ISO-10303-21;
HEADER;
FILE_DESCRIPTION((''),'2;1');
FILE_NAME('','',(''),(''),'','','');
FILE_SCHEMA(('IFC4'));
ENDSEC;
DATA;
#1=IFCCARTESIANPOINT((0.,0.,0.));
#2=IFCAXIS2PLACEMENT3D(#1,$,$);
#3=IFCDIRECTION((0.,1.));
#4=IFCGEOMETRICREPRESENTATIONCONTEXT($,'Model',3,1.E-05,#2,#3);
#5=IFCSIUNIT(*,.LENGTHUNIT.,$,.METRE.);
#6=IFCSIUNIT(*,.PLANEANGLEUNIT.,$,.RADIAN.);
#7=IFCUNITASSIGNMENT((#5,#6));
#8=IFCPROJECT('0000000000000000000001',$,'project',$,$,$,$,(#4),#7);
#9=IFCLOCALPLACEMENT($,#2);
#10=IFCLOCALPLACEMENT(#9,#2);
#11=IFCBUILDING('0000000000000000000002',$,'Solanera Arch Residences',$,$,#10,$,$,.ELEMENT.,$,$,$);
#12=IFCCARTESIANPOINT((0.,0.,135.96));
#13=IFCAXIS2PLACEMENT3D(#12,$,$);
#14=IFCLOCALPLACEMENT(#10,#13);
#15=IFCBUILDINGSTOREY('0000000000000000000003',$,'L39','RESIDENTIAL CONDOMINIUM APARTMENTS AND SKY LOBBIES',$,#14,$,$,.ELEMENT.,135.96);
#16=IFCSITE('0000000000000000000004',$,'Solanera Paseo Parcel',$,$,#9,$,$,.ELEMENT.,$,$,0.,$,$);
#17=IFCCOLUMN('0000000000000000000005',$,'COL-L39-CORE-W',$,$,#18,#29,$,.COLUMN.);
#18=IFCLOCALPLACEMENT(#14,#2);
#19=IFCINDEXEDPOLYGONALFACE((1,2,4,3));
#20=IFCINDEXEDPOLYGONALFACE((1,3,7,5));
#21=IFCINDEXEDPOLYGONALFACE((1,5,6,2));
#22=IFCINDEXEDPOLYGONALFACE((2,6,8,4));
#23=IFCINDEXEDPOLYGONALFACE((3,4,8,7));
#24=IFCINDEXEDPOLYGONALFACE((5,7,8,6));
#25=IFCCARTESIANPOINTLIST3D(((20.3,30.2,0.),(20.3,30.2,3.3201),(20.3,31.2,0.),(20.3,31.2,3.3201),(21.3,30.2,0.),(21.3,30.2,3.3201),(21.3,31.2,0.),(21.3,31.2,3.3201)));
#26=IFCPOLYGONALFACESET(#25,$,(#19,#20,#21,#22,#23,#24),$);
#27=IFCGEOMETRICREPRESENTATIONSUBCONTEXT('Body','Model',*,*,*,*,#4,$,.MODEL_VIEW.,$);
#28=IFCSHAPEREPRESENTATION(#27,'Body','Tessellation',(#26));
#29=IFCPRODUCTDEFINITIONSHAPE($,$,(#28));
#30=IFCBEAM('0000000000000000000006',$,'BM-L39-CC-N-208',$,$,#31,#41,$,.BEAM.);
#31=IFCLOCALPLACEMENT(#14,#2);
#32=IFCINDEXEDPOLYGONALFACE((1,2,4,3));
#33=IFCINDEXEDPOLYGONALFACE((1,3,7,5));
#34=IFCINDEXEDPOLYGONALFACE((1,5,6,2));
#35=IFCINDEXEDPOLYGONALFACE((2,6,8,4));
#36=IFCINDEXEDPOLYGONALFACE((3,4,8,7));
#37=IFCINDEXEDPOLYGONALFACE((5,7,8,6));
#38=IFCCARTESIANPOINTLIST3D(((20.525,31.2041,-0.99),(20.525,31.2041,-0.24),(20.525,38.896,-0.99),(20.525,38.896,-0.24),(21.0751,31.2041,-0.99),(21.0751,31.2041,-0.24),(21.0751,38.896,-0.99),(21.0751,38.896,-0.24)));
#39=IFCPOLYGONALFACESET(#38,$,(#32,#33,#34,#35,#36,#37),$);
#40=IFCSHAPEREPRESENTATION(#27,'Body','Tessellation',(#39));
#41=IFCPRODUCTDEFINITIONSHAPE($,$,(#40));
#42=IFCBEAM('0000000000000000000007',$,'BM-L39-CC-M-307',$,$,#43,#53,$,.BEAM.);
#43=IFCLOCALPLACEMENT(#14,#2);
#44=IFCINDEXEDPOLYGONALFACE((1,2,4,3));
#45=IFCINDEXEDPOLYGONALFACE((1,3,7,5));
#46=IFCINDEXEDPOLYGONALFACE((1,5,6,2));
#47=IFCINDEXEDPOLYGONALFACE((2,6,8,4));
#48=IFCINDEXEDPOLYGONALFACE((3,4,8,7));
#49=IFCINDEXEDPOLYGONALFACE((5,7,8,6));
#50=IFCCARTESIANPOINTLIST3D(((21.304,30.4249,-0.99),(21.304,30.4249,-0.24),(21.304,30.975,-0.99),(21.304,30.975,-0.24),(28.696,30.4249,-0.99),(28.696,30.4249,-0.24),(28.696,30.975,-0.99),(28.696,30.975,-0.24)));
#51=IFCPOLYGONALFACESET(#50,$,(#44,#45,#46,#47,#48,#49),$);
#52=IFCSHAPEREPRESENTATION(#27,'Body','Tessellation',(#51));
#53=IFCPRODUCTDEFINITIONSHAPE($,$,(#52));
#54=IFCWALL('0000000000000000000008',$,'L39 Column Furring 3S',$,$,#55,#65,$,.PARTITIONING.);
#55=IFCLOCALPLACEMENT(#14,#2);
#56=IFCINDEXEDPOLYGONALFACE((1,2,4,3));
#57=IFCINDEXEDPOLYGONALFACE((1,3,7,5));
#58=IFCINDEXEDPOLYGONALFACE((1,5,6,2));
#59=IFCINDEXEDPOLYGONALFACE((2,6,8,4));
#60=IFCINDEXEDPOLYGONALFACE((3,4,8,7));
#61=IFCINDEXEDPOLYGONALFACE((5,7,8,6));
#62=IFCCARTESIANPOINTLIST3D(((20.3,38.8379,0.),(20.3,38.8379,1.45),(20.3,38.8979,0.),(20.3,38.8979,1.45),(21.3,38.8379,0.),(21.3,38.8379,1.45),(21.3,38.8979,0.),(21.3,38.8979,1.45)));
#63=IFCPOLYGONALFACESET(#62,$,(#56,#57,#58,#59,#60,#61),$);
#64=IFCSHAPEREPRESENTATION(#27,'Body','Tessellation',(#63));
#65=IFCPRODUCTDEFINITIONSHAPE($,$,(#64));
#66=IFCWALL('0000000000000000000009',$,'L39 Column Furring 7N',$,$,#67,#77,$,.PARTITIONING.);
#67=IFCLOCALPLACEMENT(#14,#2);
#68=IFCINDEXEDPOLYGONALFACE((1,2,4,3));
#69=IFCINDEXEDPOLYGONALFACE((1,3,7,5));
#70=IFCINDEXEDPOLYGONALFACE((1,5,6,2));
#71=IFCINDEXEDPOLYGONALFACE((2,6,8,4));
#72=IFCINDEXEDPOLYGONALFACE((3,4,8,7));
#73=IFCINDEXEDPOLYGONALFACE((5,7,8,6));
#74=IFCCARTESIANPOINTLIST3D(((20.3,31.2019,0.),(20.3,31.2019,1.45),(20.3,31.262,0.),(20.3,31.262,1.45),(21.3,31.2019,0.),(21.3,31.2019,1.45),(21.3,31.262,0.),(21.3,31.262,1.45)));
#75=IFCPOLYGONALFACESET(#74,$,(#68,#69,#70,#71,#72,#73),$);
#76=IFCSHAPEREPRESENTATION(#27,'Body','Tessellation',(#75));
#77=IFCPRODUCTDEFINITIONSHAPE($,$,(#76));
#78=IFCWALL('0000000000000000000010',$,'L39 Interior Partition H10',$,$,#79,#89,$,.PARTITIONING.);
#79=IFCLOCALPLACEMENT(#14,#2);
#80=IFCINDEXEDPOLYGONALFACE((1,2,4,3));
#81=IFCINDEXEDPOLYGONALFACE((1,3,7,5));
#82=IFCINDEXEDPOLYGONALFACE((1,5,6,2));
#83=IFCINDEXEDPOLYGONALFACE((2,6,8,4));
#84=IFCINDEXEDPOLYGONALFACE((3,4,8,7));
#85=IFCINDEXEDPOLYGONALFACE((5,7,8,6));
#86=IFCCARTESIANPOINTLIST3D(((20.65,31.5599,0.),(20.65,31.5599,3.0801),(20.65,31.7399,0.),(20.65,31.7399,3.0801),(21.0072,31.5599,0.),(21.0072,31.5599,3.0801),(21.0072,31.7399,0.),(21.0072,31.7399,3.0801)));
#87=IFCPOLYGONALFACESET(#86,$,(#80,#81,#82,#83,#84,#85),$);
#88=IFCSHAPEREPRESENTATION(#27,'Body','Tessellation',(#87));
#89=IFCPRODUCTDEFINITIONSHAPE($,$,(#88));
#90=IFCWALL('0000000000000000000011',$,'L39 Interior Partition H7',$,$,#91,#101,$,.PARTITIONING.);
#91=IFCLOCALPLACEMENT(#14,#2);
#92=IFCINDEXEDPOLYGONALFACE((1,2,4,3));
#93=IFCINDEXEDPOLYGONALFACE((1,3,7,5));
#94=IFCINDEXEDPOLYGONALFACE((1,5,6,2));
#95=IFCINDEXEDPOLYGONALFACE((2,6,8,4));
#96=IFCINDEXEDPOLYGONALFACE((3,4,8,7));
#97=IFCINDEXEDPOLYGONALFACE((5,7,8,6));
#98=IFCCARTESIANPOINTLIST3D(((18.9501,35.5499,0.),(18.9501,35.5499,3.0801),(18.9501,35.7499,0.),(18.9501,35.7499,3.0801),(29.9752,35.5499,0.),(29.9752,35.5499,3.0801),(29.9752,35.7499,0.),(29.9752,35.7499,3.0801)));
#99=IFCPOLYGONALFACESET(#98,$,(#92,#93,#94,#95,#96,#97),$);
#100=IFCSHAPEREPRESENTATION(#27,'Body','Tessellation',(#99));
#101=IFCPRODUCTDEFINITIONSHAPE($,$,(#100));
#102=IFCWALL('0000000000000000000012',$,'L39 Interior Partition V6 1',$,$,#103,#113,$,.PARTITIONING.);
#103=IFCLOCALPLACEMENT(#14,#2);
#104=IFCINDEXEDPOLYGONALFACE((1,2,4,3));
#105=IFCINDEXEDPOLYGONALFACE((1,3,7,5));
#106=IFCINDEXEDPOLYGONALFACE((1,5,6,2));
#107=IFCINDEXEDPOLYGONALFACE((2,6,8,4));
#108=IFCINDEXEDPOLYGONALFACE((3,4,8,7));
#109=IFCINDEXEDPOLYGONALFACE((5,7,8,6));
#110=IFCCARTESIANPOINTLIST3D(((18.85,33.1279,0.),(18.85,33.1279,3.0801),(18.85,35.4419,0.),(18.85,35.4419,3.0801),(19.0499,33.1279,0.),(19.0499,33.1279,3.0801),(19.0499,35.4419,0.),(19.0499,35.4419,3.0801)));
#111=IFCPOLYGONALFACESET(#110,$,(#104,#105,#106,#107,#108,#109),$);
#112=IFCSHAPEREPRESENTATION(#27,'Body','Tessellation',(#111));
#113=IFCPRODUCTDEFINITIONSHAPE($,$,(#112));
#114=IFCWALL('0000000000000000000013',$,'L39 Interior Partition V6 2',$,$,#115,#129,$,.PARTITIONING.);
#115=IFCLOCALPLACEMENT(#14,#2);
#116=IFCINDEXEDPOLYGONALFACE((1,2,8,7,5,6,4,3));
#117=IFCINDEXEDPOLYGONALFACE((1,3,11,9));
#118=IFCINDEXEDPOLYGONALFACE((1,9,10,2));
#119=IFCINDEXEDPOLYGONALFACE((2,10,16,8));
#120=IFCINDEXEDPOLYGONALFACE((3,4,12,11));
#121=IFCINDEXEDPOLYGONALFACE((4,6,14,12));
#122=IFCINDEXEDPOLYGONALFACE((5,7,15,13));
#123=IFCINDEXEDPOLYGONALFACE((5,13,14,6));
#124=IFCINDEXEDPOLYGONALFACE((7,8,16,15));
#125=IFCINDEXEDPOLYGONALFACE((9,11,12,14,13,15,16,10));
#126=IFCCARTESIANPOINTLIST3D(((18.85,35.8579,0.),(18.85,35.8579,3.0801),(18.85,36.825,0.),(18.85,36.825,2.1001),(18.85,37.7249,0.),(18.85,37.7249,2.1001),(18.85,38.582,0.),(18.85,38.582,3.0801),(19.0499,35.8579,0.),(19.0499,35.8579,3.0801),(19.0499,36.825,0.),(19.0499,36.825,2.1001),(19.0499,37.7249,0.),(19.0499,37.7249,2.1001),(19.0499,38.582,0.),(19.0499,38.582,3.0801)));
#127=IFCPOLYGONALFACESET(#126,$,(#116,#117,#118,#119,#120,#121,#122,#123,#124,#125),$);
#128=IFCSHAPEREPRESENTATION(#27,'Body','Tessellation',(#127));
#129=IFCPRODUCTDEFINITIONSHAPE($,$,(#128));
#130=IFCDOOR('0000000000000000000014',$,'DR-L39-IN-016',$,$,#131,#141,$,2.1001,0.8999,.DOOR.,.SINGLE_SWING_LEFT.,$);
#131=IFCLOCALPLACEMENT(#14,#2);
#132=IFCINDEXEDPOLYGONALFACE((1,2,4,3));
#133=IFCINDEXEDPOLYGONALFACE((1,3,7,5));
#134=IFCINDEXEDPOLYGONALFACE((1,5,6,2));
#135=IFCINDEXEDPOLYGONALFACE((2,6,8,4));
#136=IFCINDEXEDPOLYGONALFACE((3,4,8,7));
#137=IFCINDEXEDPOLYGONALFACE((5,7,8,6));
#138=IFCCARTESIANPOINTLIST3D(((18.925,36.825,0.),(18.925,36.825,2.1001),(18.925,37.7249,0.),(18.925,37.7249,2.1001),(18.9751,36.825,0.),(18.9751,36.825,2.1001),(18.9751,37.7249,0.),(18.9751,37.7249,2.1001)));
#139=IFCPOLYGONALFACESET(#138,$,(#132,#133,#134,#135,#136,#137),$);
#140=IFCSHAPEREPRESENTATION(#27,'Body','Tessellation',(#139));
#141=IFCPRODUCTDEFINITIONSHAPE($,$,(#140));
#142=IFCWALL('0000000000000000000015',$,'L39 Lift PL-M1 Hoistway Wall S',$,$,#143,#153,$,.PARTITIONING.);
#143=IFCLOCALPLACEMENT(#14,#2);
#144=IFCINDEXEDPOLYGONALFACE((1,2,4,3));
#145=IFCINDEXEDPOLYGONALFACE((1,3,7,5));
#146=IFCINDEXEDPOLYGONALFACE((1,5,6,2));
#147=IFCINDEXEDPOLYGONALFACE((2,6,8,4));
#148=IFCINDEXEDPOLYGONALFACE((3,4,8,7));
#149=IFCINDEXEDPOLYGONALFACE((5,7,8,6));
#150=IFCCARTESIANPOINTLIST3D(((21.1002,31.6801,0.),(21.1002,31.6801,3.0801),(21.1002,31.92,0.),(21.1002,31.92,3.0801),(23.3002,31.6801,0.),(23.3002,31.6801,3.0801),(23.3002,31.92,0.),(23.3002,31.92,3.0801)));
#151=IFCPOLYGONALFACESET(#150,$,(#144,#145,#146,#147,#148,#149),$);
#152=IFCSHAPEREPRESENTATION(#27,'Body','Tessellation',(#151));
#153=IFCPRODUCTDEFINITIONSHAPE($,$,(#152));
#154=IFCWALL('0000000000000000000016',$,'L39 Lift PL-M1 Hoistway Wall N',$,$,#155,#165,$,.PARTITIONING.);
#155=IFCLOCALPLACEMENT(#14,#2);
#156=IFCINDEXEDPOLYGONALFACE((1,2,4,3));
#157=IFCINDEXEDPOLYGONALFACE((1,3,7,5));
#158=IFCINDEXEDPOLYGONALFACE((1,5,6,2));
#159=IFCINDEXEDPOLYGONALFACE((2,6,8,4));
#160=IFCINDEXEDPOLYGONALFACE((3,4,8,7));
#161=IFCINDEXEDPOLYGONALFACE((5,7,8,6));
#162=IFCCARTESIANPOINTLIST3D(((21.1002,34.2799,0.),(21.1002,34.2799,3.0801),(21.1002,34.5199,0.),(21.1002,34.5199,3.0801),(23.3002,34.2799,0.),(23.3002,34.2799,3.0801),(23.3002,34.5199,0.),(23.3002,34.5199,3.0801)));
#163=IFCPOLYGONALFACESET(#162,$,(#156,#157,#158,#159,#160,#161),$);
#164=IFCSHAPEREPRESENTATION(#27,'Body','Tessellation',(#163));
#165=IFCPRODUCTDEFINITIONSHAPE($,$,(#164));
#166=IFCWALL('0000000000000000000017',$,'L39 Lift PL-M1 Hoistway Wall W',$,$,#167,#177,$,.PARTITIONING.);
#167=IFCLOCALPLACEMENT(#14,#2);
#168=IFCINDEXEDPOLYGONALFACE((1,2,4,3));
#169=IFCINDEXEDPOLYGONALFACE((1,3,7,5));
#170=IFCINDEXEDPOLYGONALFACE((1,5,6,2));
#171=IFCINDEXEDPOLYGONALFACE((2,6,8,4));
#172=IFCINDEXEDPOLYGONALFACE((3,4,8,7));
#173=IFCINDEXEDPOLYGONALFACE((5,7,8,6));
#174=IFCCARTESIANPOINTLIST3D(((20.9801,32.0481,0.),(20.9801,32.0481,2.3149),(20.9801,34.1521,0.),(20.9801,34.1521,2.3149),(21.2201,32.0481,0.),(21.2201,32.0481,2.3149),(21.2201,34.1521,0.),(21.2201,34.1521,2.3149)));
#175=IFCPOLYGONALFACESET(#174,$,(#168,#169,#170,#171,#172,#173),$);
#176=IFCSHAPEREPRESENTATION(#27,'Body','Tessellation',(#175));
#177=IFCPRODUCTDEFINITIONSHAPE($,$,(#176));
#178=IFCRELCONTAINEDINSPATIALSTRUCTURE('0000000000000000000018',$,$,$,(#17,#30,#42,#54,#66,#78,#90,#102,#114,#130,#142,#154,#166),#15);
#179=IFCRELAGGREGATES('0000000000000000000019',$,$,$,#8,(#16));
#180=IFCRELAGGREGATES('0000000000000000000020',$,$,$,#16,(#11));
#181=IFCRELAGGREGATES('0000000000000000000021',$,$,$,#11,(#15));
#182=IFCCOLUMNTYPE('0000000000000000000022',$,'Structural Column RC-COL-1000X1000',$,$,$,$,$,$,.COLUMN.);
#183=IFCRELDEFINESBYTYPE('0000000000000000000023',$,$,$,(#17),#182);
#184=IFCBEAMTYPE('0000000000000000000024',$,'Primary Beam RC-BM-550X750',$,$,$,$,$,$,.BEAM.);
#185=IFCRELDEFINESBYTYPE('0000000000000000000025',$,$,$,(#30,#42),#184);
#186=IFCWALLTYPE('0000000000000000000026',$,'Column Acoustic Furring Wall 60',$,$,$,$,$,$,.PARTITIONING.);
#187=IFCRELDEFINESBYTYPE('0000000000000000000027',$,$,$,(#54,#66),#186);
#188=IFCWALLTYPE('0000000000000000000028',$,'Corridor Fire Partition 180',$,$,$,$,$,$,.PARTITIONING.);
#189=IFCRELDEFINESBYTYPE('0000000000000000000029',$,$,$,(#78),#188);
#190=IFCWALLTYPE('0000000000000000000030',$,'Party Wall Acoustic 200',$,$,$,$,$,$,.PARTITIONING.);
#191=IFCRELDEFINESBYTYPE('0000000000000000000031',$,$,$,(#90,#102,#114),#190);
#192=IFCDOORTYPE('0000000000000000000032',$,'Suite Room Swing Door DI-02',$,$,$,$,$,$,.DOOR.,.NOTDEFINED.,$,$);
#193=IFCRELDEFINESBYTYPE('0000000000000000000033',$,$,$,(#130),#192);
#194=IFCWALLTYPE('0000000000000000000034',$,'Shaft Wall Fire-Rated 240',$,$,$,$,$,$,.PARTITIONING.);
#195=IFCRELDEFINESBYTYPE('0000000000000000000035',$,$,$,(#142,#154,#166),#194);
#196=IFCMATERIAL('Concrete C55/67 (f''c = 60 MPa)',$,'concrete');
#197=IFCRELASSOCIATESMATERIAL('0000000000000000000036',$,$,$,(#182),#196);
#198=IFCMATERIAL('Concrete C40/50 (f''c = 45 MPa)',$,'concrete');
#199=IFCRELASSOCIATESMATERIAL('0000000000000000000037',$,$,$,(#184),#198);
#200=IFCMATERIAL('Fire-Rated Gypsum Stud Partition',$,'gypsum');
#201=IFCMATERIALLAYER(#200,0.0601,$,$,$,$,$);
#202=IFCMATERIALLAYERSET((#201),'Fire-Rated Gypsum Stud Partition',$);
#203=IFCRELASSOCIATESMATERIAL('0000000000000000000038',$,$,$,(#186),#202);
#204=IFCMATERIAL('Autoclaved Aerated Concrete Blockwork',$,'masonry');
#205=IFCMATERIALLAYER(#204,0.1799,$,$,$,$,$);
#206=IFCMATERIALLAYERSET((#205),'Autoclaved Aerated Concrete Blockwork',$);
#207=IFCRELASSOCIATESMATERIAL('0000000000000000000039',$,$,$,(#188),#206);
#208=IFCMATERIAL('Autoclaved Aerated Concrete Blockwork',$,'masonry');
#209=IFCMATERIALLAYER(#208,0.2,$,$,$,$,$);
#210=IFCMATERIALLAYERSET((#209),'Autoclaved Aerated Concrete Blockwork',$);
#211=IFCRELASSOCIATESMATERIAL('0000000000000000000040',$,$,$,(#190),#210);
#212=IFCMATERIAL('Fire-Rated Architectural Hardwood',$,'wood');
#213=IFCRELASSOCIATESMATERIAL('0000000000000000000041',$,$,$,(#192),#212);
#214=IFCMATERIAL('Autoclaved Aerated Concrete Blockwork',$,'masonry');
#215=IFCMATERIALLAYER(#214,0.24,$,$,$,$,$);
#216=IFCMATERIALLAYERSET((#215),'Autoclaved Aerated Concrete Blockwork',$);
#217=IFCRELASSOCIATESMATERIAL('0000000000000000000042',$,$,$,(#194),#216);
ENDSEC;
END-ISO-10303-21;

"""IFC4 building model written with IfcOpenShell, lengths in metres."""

from ifc_helpers import new_model, si_unit, direction, frame, frame_2d, origin, origin_2d, place, context, subcontext, project, spatial, rectangle, extrude, material, layer, layer_set, material_profile, profile_set, type_object, element, fill, save


model = new_model("IFC4")

# Units and contexts
model_context = context("Model", 3, precision=1e-05, world=origin(), true_north=direction((0.0, 1.0)))
body_context = subcontext(model_context, "Body", "Model", "MODEL_VIEW")
ifc_project = project(units=[si_unit("LENGTHUNIT", "METRE"), si_unit("PLANEANGLEUNIT", "RADIAN")], contexts=[model_context])

# Site, building, storey
site_placement = place(None, origin())
site = spatial("IfcSite", under=ifc_project, at=site_placement, Name="Solanera Paseo Parcel", CompositionType="ELEMENT", RefElevation=0.0)
building_placement = place(site_placement, origin())
building = spatial("IfcBuilding", under=site, at=building_placement, Name="Solanera Arch Residences", CompositionType="ELEMENT")
storey_placement = place(building_placement, frame((0.0, 0.0, 135.96)))
storey = spatial("IfcBuildingStorey", under=building, at=storey_placement, Name="L39", Description="RESIDENTIAL CONDOMINIUM APARTMENTS AND SKY LOBBIES", CompositionType="ELEMENT", Elevation=135.96)

# Column
ifc_material_1 = material(Name="Concrete C55/67 (f'c = 60 MPa)", Category="concrete")
ifc_material_profile_1 = material_profile(ifc_material_1, rectangle(XDim=1.0, YDim=1.0, at=origin_2d()))
ifc_profile_set_1 = profile_set([ifc_material_profile_1], Name="Concrete C55/67 (f'c = 60 MPa)")
column_type = type_object("IfcColumnType", Name="Structural Column RC-COL-1000X1000", PredefinedType="COLUMN", material=ifc_profile_set_1)
column_placement = place(storey_placement, frame((20.8, 30.7, 0.0), z_axis=(0.0, 0.0, 1.0), x_axis=(1.0, 0.0, 0.0)))
element("IfcColumn", 1, at=column_placement, inside=storey, type_object=column_type, Name="COL-L39-CORE-W", PredefinedType="COLUMN", context=body_context, shape_type="SweptSolid", body=[
    extrude(rectangle(XDim=1.0, YDim=1.0, at=origin_2d()), origin(), (0.0, 0.0, 1.0), 3.3201),
])

# Beams
ifc_material_2 = material(Name="Concrete C40/50 (f'c = 45 MPa)", Category="concrete")
ifc_material_profile_2 = material_profile(ifc_material_2, rectangle(XDim=0.55, YDim=0.75, at=origin_2d()))
ifc_profile_set_2 = profile_set([ifc_material_profile_2], Name="Concrete C40/50 (f'c = 45 MPa)")
beam_type = type_object("IfcBeamType", Name="Primary Beam RC-BM-550X750", PredefinedType="BEAM", material=ifc_profile_set_2)
beam_1_placement = place(storey_placement, frame((20.8, 31.2041, -0.615), z_axis=(0.0, 1.0, 0.0), x_axis=(-1.0, 0.0, 0.0)))
element("IfcBeam", 2, at=beam_1_placement, inside=storey, type_object=beam_type, Name="BM-L39-CC-N-208", PredefinedType="BEAM", context=body_context, shape_type="SweptSolid", body=[
    extrude(rectangle(XDim=0.55, YDim=0.75, at=origin_2d()), origin(), (0.0, 0.0, 1.0), 7.6919),
])
beam_2_placement = place(storey_placement, frame((21.304, 30.7, -0.615), z_axis=(1.0, 0.0, 0.0), x_axis=(0.0, 1.0, 0.0)))
element("IfcBeam", 3, at=beam_2_placement, inside=storey, type_object=beam_type, Name="BM-L39-CC-M-307", PredefinedType="BEAM", context=body_context, shape_type="SweptSolid", body=[
    extrude(rectangle(XDim=0.55, YDim=0.75, at=origin_2d()), origin(), (0.0, 0.0, 1.0), 7.3921),
])

# Walls
ifc_material_3 = material(Name="Fire-Rated Gypsum Stud Partition", Category="gypsum")
ifc_layer_1 = layer(ifc_material_3, 0.0601)
ifc_layer_set_1 = layer_set([ifc_layer_1], Name="Fire-Rated Gypsum Stud Partition")
wall_type_1 = type_object("IfcWallType", Name="Column Acoustic Furring Wall 60", PredefinedType="PARTITIONING", material=ifc_layer_set_1)
for number, where, z_axis, x_axis, name in (
    (4, (20.3, 38.8679, 0.0), (0.0, 0.0, 1.0), (1.0, 0.0, 0.0), "L39 Column Furring 3S"),
    (5, (20.3, 31.2319, 0.0), (0.0, 0.0, 1.0), (1.0, 0.0, 0.0), "L39 Column Furring 7N"),
):
    element("IfcWall", number, at=place(storey_placement, frame(where, z_axis=z_axis, x_axis=x_axis)), inside=storey, type_object=wall_type_1, Name=name, PredefinedType="PARTITIONING", context=body_context, shape_type="SweptSolid", body=[
        extrude(rectangle(XDim=1.0, YDim=0.0601, at=frame_2d((0.5, 0.0))), origin(), (0.0, 0.0, 1.0), 1.45),
    ])

# Walls
ifc_material_4 = material(Name="Autoclaved Aerated Concrete Blockwork", Category="masonry")
ifc_layer_2 = layer(ifc_material_4, 0.1799)
ifc_layer_set_2 = layer_set([ifc_layer_2], Name="Autoclaved Aerated Concrete Blockwork")
wall_type_2 = type_object("IfcWallType", Name="Corridor Fire Partition 180", PredefinedType="PARTITIONING", material=ifc_layer_set_2)
wall_1_placement = place(storey_placement, frame((20.6499, 31.6499, 0.0), z_axis=(0.0, 0.0, 1.0), x_axis=(1.0, 0.0, 0.0)))
element("IfcWall", 6, at=wall_1_placement, inside=storey, type_object=wall_type_2, Name="L39 Interior Partition H10", PredefinedType="PARTITIONING", context=body_context, shape_type="SweptSolid", body=[
    extrude(rectangle(XDim=0.3572, YDim=0.1799, at=frame_2d((0.1787, 0.0))), origin(), (0.0, 0.0, 1.0), 3.0801),
])
ifc_material_5 = material(Name="Autoclaved Aerated Concrete Blockwork", Category="masonry")
ifc_layer_3 = layer(ifc_material_5, 0.2)
ifc_layer_set_3 = layer_set([ifc_layer_3], Name="Autoclaved Aerated Concrete Blockwork")
wall_type_3 = type_object("IfcWallType", Name="Party Wall Acoustic 200", PredefinedType="PARTITIONING", material=ifc_layer_set_3)
wall_2_placement = place(storey_placement, frame((18.95, 35.6499, 0.0), z_axis=(0.0, 0.0, 1.0), x_axis=(1.0, 0.0, 0.0)))
element("IfcWall", 7, at=wall_2_placement, inside=storey, type_object=wall_type_3, Name="L39 Interior Partition H7", PredefinedType="PARTITIONING", context=body_context, shape_type="SweptSolid", body=[
    extrude(rectangle(XDim=11.0251, YDim=0.2, at=frame_2d((5.5127, 0.0))), origin(), (0.0, 0.0, 1.0), 3.0801),
])
wall_3_placement = place(storey_placement, frame((18.95, 33.1279, 0.0), z_axis=(0.0, 0.0, 1.0), x_axis=(0.0, 1.0, 0.0)))
element("IfcWall", 8, at=wall_3_placement, inside=storey, type_object=wall_type_3, Name="L39 Interior Partition V6 1", PredefinedType="PARTITIONING", context=body_context, shape_type="SweptSolid", body=[
    extrude(rectangle(XDim=2.314, YDim=0.2, at=frame_2d((1.157, 0.0))), origin(), (0.0, 0.0, 1.0), 3.0801),
])

# Wall, opening, door
wall_4_placement = place(storey_placement, frame((18.95, 35.8579, 0.0), z_axis=(0.0, 0.0, 1.0), x_axis=(0.0, 1.0, 0.0)))
wall_4 = element("IfcWall", 9, at=wall_4_placement, inside=storey, type_object=wall_type_3, Name="L39 Interior Partition V6 2", PredefinedType="PARTITIONING", context=body_context, shape_type="SweptSolid", body=[
    extrude(rectangle(XDim=2.7241, YDim=0.2, at=frame_2d((1.3621, 0.0))), origin(), (0.0, 0.0, 1.0), 3.0801),
])
opening_1_placement = place(wall_4_placement, frame((0.967, 0.0, 0.0)))
opening_1 = element("IfcOpeningElement", 10, at=opening_1_placement, cuts=wall_4, PredefinedType="OPENING", context=body_context, shape_type="SweptSolid", body=[
    extrude(rectangle(XDim=0.8999, YDim=2.1001, at=frame_2d((0.45, 1.05))), frame((0.0, 0.1101, 0.0), z_axis=(0.0, -1.0, 0.0), x_axis=(1.0, 0.0, 0.0)), (0.0, 0.0, 1.0), 0.22),
])
ifc_material_6 = material(Name="Fire-Rated Architectural Hardwood", Category="wood")
door_type_1 = type_object("IfcDoorType", Name="Suite Room Swing Door DI-02", OperationType="NOTDEFINED", PredefinedType="DOOR", material=ifc_material_6)
door_1_placement = place(opening_1_placement, origin())
door_1 = element("IfcDoor", 11, at=door_1_placement, inside=storey, type_object=door_type_1, Name="DR-L39-IN-016", OperationType="SINGLE_SWING_LEFT", OverallHeight=2.1001, OverallWidth=0.8999, PredefinedType="DOOR", context=body_context, shape_type="SweptSolid", body=[
    extrude(rectangle(XDim=0.8999, YDim=2.1001, at=frame_2d((0.45, 1.05))), frame((0.0, 0.0249, 0.0), z_axis=(0.0, -1.0, 0.0), x_axis=(1.0, 0.0, 0.0)), (0.0, 0.0, 1.0), 0.05),
])
fill(opening_1, door_1)

# Walls
ifc_material_7 = material(Name="Autoclaved Aerated Concrete Blockwork", Category="masonry")
ifc_layer_4 = layer(ifc_material_7, 0.24)
ifc_layer_set_4 = layer_set([ifc_layer_4], Name="Autoclaved Aerated Concrete Blockwork")
wall_type_4 = type_object("IfcWallType", Name="Shaft Wall Fire-Rated 240", PredefinedType="PARTITIONING", material=ifc_layer_set_4)
for number, where, z_axis, x_axis, name in (
    (12, (21.1001, 31.8, 0.0), (0.0, 0.0, 1.0), (1.0, 0.0, 0.0), "L39 Lift PL-M1 Hoistway Wall S"),
    (13, (21.1001, 34.3999, 0.0), (0.0, 0.0, 1.0), (1.0, 0.0, 0.0), "L39 Lift PL-M1 Hoistway Wall N"),
):
    element("IfcWall", number, at=place(storey_placement, frame(where, z_axis=z_axis, x_axis=x_axis)), inside=storey, type_object=wall_type_4, Name=name, PredefinedType="PARTITIONING", context=body_context, shape_type="SweptSolid", body=[
        extrude(rectangle(XDim=2.2, YDim=0.24, at=frame_2d((1.1001, 0.0))), origin(), (0.0, 0.0, 1.0), 3.0801),
    ])
wall_5_placement = place(storey_placement, frame((21.1001, 32.0481, 0.0), z_axis=(0.0, 0.0, 1.0), x_axis=(0.0, 1.0, 0.0)))
element("IfcWall", 14, at=wall_5_placement, inside=storey, type_object=wall_type_4, Name="L39 Lift PL-M1 Hoistway Wall W", PredefinedType="PARTITIONING", context=body_context, shape_type="SweptSolid", body=[
    extrude(rectangle(XDim=2.104, YDim=0.24, at=frame_2d((1.052, 0.0))), origin(), (0.0, 0.0, 1.0), 2.3149),
])

save(model, "model.ifc")
